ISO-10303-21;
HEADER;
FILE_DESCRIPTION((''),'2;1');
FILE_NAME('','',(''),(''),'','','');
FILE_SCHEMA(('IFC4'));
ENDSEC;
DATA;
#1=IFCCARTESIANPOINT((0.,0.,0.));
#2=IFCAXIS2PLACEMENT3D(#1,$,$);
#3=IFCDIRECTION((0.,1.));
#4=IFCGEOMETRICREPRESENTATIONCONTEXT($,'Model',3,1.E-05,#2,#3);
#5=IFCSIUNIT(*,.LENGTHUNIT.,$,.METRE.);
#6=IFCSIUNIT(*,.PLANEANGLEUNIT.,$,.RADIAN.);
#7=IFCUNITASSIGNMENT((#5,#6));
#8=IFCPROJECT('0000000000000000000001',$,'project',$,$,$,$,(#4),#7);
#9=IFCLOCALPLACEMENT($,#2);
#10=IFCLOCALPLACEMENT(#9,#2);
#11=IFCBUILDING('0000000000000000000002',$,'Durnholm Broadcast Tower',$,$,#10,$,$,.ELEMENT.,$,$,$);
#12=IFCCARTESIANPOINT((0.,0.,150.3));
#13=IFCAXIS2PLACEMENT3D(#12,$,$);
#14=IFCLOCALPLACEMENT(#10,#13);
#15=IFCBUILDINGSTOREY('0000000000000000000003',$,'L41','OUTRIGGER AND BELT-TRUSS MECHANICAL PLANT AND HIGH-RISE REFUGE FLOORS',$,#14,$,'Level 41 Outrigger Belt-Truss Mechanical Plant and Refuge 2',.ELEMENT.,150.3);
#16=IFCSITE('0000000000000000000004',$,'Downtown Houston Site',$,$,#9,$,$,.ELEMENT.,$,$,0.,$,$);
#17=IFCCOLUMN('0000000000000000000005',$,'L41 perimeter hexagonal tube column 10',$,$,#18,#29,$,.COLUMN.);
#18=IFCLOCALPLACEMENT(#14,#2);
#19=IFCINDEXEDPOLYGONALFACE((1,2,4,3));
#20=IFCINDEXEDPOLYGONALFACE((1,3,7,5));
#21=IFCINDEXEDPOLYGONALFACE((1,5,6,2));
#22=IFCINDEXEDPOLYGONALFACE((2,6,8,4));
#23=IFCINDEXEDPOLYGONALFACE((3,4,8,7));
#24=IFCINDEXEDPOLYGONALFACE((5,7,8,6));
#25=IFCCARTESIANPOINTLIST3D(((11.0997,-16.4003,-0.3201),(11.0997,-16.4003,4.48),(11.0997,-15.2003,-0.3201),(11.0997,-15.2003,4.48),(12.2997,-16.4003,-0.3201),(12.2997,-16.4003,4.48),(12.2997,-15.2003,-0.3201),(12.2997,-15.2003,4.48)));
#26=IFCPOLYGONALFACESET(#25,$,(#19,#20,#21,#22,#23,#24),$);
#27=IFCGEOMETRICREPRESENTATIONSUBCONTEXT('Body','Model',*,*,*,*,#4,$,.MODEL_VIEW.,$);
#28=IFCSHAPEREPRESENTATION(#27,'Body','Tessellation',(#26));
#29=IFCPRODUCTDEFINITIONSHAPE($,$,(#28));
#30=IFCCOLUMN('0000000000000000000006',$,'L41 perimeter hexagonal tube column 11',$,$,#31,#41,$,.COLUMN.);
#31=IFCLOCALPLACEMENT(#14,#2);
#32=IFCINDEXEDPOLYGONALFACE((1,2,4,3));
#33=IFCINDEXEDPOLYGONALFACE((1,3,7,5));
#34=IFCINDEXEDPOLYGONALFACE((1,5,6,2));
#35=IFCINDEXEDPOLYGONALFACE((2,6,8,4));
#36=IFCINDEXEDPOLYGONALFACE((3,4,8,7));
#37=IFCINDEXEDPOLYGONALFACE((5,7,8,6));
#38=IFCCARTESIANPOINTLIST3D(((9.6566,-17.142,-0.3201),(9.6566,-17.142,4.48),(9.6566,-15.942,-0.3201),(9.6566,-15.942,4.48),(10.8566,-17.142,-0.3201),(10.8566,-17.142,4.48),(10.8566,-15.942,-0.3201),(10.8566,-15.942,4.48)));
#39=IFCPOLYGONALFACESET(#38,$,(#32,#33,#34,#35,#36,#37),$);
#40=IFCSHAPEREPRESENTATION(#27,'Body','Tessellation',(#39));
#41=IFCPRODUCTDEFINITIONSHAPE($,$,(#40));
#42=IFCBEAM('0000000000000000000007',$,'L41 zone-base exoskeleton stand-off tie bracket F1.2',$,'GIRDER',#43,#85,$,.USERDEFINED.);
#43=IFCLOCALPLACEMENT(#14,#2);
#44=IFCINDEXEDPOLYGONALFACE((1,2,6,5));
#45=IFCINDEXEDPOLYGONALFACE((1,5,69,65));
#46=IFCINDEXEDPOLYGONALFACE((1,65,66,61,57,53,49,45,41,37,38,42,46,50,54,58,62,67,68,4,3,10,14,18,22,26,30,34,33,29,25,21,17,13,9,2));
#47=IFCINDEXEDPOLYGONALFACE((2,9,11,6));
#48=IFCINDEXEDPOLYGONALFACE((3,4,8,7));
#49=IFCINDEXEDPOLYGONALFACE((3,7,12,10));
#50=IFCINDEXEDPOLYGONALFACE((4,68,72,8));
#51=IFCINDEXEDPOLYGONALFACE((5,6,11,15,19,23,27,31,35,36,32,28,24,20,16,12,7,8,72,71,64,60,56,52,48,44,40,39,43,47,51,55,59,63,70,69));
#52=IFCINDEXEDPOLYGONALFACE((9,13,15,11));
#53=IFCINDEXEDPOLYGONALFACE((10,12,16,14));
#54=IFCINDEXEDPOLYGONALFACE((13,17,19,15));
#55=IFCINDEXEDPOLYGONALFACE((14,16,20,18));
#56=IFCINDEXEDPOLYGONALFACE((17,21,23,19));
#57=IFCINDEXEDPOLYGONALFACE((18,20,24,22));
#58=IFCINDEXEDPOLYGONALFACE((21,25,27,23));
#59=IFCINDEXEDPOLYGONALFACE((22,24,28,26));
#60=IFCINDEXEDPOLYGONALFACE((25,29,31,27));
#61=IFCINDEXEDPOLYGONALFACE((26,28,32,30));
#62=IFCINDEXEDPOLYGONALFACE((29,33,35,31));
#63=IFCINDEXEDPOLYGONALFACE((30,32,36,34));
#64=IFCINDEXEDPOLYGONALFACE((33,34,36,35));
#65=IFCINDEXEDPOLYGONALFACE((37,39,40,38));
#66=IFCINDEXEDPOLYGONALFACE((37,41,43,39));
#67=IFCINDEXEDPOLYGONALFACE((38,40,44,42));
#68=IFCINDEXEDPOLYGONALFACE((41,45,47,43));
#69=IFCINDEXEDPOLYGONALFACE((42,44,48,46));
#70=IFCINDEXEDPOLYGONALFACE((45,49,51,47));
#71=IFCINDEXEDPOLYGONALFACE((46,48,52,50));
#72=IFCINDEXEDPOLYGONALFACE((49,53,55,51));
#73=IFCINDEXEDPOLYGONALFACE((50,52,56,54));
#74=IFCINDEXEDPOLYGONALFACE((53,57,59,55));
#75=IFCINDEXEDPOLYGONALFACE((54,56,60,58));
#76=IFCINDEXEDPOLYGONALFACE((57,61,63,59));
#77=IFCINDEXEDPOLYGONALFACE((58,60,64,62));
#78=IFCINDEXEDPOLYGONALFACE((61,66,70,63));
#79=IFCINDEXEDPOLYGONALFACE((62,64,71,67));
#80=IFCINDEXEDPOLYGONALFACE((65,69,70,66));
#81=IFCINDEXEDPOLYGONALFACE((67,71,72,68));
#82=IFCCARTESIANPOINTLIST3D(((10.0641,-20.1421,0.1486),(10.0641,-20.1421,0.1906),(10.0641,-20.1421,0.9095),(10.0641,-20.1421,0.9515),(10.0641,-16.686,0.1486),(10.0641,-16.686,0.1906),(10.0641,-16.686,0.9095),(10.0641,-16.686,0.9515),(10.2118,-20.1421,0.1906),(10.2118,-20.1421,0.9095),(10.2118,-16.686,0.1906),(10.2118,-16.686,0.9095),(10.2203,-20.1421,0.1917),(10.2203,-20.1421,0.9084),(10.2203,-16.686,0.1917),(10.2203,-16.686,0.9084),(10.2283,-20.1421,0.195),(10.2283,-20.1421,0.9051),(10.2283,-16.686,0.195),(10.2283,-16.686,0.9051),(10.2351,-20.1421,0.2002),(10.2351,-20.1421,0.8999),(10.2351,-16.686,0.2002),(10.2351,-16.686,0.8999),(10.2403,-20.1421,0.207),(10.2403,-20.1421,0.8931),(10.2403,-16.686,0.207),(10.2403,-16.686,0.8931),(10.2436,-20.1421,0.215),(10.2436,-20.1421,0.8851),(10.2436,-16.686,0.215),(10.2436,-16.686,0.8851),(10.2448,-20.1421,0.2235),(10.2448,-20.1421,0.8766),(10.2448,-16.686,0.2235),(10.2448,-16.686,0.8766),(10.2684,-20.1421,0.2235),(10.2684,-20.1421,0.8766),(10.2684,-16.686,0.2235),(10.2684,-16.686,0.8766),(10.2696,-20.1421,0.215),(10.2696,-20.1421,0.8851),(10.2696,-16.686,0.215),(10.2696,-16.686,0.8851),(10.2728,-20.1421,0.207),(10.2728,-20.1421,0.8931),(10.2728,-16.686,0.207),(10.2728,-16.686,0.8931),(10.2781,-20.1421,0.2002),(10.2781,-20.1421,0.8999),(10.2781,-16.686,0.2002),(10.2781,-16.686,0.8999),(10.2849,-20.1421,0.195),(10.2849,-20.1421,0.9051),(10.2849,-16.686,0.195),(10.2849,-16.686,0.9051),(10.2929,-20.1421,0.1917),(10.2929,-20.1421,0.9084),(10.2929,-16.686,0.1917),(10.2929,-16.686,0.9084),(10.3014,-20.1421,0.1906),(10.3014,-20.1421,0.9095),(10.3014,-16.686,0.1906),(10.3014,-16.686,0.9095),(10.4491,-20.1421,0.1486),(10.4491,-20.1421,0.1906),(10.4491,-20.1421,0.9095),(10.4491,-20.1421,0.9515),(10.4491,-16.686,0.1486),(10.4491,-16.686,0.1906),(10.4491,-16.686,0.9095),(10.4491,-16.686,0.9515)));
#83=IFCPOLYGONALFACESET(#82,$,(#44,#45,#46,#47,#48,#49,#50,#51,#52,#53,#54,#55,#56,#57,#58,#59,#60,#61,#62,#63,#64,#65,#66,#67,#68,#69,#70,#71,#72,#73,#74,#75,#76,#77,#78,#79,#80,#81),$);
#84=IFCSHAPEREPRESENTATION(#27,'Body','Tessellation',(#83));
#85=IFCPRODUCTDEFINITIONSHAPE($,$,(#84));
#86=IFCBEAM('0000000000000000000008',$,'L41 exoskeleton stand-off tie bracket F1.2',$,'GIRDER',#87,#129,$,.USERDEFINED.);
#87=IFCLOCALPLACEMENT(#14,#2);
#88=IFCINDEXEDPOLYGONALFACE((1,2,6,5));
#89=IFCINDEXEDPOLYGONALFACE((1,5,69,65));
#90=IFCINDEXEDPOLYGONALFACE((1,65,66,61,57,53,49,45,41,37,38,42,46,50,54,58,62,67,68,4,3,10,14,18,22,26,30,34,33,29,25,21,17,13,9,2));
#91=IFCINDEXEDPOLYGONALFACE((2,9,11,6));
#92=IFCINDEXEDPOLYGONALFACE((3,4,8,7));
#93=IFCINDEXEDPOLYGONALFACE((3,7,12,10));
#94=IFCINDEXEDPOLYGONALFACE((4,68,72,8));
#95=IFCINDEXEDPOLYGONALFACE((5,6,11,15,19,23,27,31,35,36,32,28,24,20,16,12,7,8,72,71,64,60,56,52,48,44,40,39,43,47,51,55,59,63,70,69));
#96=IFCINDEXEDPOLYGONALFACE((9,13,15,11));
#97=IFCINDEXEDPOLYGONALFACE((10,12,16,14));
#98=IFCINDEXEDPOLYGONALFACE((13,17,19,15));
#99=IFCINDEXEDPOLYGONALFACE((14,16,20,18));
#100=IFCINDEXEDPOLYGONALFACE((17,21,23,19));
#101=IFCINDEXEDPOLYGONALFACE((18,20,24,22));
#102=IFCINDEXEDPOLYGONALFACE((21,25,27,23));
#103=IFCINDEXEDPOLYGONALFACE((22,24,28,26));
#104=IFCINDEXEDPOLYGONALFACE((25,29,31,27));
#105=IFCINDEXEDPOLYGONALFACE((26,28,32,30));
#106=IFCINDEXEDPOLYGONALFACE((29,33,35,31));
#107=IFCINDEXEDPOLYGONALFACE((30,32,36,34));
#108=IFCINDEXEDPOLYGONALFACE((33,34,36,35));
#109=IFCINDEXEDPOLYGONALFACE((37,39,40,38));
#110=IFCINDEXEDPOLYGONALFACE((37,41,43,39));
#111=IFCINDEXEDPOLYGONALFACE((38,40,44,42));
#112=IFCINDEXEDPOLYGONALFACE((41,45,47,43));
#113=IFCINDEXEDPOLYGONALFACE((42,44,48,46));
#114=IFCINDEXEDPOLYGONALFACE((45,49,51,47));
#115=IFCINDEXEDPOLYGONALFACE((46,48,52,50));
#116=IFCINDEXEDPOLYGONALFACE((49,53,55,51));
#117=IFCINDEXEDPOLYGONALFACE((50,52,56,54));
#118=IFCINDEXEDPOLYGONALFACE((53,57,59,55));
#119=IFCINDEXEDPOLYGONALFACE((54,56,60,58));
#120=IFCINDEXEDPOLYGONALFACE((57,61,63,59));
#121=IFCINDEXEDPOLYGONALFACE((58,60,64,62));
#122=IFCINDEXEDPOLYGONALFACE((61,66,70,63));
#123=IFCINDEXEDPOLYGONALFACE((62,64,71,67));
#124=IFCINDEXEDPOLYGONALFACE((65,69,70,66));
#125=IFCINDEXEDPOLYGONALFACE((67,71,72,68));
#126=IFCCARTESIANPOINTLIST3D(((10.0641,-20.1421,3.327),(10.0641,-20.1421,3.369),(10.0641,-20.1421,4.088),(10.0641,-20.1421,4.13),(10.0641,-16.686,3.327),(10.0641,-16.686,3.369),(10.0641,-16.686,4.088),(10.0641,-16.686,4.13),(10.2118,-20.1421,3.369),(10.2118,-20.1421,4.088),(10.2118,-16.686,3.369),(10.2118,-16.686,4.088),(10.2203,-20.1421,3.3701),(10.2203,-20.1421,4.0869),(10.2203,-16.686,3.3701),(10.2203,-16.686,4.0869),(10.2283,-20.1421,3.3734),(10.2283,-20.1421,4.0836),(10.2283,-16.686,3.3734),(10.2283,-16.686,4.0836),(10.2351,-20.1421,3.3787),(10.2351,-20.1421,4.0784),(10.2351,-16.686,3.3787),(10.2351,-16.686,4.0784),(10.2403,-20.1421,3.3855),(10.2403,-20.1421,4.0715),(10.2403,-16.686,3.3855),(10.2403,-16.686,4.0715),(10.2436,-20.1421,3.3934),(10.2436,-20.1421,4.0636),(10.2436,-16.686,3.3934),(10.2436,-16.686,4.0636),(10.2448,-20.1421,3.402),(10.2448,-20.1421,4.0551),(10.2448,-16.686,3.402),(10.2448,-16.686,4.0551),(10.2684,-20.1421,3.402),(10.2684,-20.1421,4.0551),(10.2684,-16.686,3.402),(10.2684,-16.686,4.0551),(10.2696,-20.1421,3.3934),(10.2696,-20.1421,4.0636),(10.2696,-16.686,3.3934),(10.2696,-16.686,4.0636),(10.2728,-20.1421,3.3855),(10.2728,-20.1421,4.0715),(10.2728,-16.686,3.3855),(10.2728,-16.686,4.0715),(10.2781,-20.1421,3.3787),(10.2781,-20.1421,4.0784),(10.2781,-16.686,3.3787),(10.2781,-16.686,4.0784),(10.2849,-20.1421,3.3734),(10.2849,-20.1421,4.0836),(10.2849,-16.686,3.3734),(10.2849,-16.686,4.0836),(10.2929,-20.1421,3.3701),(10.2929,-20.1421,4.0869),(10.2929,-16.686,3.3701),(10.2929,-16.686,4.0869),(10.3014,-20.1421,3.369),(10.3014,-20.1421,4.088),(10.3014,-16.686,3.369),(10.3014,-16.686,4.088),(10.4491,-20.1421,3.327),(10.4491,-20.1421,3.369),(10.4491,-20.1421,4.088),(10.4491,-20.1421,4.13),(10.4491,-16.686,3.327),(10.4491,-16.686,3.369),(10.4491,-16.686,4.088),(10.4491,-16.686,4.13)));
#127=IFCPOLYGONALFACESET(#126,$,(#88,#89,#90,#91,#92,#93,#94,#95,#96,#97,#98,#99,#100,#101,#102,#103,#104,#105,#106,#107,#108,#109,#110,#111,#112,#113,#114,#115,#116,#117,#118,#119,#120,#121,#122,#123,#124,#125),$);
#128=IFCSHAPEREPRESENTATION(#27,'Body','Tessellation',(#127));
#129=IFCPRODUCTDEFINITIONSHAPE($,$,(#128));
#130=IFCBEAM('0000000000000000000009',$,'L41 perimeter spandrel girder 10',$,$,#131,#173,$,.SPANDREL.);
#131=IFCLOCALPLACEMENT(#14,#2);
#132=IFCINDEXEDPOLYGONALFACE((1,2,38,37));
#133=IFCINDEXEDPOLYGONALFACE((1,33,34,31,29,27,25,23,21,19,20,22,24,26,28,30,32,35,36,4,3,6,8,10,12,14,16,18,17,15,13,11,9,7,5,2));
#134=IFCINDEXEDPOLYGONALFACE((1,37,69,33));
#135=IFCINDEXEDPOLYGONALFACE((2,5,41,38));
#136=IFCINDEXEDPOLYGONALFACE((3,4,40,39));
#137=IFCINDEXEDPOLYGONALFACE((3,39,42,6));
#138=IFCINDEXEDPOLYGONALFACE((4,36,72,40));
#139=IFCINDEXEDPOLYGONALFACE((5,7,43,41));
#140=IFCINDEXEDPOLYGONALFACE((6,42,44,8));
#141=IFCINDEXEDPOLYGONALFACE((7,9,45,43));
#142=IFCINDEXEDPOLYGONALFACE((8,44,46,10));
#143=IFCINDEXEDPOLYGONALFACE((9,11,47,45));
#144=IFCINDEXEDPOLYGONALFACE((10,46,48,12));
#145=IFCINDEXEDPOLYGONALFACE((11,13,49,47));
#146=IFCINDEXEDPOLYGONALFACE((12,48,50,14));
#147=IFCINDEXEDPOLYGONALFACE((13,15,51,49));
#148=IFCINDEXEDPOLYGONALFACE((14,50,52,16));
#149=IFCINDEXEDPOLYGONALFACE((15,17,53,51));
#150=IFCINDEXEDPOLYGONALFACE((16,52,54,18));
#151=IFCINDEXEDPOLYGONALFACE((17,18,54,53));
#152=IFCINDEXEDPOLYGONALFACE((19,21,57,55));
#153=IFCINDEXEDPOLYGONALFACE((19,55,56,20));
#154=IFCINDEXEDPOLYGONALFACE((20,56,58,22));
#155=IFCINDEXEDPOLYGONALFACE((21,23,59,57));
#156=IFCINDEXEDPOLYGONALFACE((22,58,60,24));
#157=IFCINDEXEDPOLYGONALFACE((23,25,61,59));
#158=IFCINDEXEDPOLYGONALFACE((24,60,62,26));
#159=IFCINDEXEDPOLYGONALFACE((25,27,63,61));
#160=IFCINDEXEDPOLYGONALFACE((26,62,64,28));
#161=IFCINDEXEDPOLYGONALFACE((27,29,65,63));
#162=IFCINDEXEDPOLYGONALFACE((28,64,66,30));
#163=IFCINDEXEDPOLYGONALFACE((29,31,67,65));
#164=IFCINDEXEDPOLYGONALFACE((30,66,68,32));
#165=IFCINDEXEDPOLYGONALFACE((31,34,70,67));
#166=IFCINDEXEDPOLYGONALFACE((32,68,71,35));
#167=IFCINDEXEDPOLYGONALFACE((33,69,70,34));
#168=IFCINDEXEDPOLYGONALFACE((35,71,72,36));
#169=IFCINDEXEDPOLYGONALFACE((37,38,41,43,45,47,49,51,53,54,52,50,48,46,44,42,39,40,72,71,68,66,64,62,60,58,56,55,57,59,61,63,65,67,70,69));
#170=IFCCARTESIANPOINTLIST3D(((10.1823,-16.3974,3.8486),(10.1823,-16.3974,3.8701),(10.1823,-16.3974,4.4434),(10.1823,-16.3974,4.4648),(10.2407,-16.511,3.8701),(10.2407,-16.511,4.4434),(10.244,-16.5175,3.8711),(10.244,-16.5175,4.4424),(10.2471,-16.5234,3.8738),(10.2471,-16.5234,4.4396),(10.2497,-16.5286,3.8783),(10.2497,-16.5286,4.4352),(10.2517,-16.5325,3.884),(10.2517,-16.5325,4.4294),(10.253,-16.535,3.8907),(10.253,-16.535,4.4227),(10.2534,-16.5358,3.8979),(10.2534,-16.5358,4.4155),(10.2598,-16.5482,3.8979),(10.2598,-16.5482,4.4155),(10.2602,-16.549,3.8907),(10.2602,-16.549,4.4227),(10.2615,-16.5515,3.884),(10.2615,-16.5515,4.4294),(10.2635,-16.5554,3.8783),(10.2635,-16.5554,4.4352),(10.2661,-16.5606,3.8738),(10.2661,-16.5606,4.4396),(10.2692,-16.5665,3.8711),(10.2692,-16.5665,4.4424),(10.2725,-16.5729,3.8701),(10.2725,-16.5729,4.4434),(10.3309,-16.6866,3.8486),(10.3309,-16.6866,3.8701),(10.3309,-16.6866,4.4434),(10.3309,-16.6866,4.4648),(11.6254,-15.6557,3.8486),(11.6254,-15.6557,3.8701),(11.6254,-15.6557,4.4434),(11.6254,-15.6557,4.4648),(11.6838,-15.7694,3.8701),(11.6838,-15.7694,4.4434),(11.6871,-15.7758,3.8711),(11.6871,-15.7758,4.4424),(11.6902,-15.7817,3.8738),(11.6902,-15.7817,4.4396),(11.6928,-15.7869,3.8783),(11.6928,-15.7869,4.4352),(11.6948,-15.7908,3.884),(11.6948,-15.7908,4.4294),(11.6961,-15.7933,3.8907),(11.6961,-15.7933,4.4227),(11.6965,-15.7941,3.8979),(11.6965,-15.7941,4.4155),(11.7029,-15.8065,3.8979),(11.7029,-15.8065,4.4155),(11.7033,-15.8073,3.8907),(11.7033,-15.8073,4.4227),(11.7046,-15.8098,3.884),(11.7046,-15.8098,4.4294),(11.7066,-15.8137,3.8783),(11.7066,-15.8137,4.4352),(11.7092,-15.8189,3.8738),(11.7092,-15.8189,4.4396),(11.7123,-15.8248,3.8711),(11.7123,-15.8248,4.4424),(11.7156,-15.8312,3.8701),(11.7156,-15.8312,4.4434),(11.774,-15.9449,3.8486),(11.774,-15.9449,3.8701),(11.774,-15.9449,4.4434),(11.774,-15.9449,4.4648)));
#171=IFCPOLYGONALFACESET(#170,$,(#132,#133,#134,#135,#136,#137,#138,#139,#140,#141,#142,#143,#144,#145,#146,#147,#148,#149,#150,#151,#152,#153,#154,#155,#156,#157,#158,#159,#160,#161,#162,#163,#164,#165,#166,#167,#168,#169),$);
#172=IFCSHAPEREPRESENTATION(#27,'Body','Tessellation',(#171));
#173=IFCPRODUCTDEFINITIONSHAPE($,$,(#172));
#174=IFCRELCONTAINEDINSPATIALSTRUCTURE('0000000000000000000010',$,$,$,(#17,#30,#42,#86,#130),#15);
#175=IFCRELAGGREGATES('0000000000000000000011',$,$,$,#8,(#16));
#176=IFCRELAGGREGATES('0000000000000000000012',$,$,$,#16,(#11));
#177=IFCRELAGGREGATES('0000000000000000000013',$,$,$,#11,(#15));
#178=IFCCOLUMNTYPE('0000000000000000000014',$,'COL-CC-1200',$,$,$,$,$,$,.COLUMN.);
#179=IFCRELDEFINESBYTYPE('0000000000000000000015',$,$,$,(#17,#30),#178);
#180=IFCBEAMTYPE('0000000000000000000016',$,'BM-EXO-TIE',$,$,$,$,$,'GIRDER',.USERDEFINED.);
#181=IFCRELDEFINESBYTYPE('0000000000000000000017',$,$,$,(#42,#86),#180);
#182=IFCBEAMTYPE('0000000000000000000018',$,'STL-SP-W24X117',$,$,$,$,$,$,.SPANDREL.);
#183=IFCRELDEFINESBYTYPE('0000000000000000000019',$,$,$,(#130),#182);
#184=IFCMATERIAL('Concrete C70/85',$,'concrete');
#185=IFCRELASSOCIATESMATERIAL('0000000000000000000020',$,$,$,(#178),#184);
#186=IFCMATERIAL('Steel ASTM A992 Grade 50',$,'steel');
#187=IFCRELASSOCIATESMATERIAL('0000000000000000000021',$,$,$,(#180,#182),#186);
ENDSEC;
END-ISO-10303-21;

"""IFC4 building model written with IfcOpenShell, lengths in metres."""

from ifc_helpers import new_model, si_unit, direction, frame, origin, origin_2d, place, context, subcontext, project, spatial, rectangle, i_section, extrude, source, transform, mapped, material, material_profile, profile_set, type_object, type_shapes, element, save


model = new_model("IFC4")

# Units and contexts
model_context = context("Model", 3, precision=1e-05, world=origin(), true_north=direction((0.0, 1.0)))
body_context = subcontext(model_context, "Body", "Model", "MODEL_VIEW")
ifc_project = project(units=[si_unit("LENGTHUNIT", "METRE"), si_unit("PLANEANGLEUNIT", "RADIAN")], contexts=[model_context])

# Site, building, storey
site_placement = place(None, origin())
site = spatial("IfcSite", under=ifc_project, at=site_placement, Name="Downtown Houston Site", CompositionType="ELEMENT", RefElevation=0.0)
building_placement = place(site_placement, origin())
building = spatial("IfcBuilding", under=site, at=building_placement, Name="Durnholm Broadcast Tower", CompositionType="ELEMENT")
storey_placement = place(building_placement, frame((0.0, 0.0, 150.3)))
storey = spatial("IfcBuildingStorey", under=building, at=storey_placement, Name="L41", Description="OUTRIGGER AND BELT-TRUSS MECHANICAL PLANT AND HIGH-RISE REFUGE FLOORS", LongName="Level 41 Outrigger Belt-Truss Mechanical Plant and Refuge 2", CompositionType="ELEMENT", Elevation=150.3)

# Columns
ifc_material_1 = material(Name="Concrete C70/85", Category="concrete")
ifc_material_profile_1 = material_profile(ifc_material_1, rectangle(XDim=1.2, YDim=1.2, at=origin_2d()), Name="RC1200X1200")
ifc_profile_set_1 = profile_set([ifc_material_profile_1], Name="Concrete C70/85")
column_type = type_object("IfcColumnType", Name="COL-CC-1200", PredefinedType="COLUMN", material=ifc_profile_set_1)
shared_shape_1 = source(origin(), body_context, "Body", "SweptSolid", [
    extrude(rectangle(XDim=1.2, YDim=1.2, at=origin_2d()), origin(), (0.0, 0.0, 1.0), 4.8),
])
type_shapes(column_type, [shared_shape_1])
for number, where, z_axis, x_axis, name in (
    (1, (11.6997, -15.8003, -0.3201), (0.0, 0.0, 1.0), (1.0, 0.0, 0.0), "L41 perimeter hexagonal tube column 10"),
    (2, (10.2566, -16.542, -0.3201), (0.0, 0.0, 1.0), (1.0, 0.0, 0.0), "L41 perimeter hexagonal tube column 11"),
):
    element("IfcColumn", number, at=place(storey_placement, frame(where, z_axis=z_axis, x_axis=x_axis)), inside=storey, type_object=column_type, Name=name, PredefinedType="COLUMN", context=body_context, shape_type="MappedRepresentation", body=[
        mapped(shared_shape_1, transform((0.0, 0.0, 0.0), x_axis=(1.0, 0.0, 0.0), y_axis=(0.0, 1.0, 0.0), z_axis=(0.0, 0.0, 1.0), scale=1.0)),
    ])

# Beams
ifc_material_2 = material(Name="Steel ASTM A992 Grade 50", Category="steel")
ifc_material_profile_2 = material_profile(ifc_material_2, i_section(OverallWidth=0.385, OverallDepth=0.803, WebThickness=0.0237, FlangeThickness=0.042, FilletRadius=0.033, at=origin_2d()), Name="W30X261")
ifc_profile_set_2 = profile_set([ifc_material_profile_2], Name="Steel ASTM A992 Grade 50")
beam_type_1 = type_object("IfcBeamType", Name="BM-EXO-TIE", ElementType="GIRDER", PredefinedType="USERDEFINED", material=ifc_profile_set_2)
shared_shape_2 = source(origin(), body_context, "Body", "SweptSolid", [
    extrude(i_section(OverallWidth=0.385, OverallDepth=0.803, WebThickness=0.0237, FlangeThickness=0.042, FilletRadius=0.033, at=origin_2d()), origin(), (0.0, 0.0, 1.0), 3.4561),
])
type_shapes(beam_type_1, [shared_shape_2])
for number, where, z_axis, x_axis, name in (
    (3, (10.2566, -16.686, 0.55), (0.0, -1.0, 0.0), (1.0, 0.0, 0.0), "L41 zone-base exoskeleton stand-off tie bracket F1.2"),
    (4, (10.2566, -16.686, 3.7285), (0.0, -1.0, 0.0), (1.0, 0.0, 0.0), "L41 exoskeleton stand-off tie bracket F1.2"),
):
    element("IfcBeam", number, at=place(storey_placement, frame(where, z_axis=z_axis, x_axis=x_axis)), inside=storey, type_object=beam_type_1, Name=name, ObjectType="GIRDER", PredefinedType="USERDEFINED", context=body_context, shape_type="MappedRepresentation", body=[
        mapped(shared_shape_2, transform((0.0, 0.0, 0.0), x_axis=(1.0, 0.0, 0.0), y_axis=(0.0, 1.0, 0.0), z_axis=(0.0, 0.0, 1.0), scale=1.0)),
    ])
ifc_material_profile_3 = material_profile(ifc_material_2, i_section(OverallWidth=0.3252, OverallDepth=0.6162, WebThickness=0.0139, FlangeThickness=0.0215, FilletRadius=0.0278, at=origin_2d()), Name="W24X117")
ifc_profile_set_3 = profile_set([ifc_material_profile_3], Name="Steel ASTM A992 Grade 50")
beam_type_2 = type_object("IfcBeamType", Name="STL-SP-W24X117", PredefinedType="SPANDREL", material=ifc_profile_set_3)
shared_shape_3 = source(origin(), body_context, "Body", "SweptSolid", [
    extrude(i_section(OverallWidth=0.3252, OverallDepth=0.6162, WebThickness=0.0139, FlangeThickness=0.0215, FilletRadius=0.0278, at=origin_2d()), origin(), (0.0, 0.0, 1.0), 1.6226),
])
beam_1_placement = place(storey_placement, frame((11.6997, -15.8003, 4.1567), z_axis=(-0.889407, -0.457117, 0.0), x_axis=(0.457117, -0.889407, 0.0)))
element("IfcBeam", 5, at=beam_1_placement, inside=storey, type_object=beam_type_2, Name="L41 perimeter spandrel girder 10", PredefinedType="SPANDREL", context=body_context, shape_type="MappedRepresentation", body=[
    mapped(shared_shape_3, transform((0.0, 0.0, 0.0), x_axis=(1.0, 0.0, 0.0), y_axis=(0.0, 1.0, 0.0), z_axis=(0.0, 0.0, 1.0), scale=1.0)),
])

save(model, "model.ifc")
